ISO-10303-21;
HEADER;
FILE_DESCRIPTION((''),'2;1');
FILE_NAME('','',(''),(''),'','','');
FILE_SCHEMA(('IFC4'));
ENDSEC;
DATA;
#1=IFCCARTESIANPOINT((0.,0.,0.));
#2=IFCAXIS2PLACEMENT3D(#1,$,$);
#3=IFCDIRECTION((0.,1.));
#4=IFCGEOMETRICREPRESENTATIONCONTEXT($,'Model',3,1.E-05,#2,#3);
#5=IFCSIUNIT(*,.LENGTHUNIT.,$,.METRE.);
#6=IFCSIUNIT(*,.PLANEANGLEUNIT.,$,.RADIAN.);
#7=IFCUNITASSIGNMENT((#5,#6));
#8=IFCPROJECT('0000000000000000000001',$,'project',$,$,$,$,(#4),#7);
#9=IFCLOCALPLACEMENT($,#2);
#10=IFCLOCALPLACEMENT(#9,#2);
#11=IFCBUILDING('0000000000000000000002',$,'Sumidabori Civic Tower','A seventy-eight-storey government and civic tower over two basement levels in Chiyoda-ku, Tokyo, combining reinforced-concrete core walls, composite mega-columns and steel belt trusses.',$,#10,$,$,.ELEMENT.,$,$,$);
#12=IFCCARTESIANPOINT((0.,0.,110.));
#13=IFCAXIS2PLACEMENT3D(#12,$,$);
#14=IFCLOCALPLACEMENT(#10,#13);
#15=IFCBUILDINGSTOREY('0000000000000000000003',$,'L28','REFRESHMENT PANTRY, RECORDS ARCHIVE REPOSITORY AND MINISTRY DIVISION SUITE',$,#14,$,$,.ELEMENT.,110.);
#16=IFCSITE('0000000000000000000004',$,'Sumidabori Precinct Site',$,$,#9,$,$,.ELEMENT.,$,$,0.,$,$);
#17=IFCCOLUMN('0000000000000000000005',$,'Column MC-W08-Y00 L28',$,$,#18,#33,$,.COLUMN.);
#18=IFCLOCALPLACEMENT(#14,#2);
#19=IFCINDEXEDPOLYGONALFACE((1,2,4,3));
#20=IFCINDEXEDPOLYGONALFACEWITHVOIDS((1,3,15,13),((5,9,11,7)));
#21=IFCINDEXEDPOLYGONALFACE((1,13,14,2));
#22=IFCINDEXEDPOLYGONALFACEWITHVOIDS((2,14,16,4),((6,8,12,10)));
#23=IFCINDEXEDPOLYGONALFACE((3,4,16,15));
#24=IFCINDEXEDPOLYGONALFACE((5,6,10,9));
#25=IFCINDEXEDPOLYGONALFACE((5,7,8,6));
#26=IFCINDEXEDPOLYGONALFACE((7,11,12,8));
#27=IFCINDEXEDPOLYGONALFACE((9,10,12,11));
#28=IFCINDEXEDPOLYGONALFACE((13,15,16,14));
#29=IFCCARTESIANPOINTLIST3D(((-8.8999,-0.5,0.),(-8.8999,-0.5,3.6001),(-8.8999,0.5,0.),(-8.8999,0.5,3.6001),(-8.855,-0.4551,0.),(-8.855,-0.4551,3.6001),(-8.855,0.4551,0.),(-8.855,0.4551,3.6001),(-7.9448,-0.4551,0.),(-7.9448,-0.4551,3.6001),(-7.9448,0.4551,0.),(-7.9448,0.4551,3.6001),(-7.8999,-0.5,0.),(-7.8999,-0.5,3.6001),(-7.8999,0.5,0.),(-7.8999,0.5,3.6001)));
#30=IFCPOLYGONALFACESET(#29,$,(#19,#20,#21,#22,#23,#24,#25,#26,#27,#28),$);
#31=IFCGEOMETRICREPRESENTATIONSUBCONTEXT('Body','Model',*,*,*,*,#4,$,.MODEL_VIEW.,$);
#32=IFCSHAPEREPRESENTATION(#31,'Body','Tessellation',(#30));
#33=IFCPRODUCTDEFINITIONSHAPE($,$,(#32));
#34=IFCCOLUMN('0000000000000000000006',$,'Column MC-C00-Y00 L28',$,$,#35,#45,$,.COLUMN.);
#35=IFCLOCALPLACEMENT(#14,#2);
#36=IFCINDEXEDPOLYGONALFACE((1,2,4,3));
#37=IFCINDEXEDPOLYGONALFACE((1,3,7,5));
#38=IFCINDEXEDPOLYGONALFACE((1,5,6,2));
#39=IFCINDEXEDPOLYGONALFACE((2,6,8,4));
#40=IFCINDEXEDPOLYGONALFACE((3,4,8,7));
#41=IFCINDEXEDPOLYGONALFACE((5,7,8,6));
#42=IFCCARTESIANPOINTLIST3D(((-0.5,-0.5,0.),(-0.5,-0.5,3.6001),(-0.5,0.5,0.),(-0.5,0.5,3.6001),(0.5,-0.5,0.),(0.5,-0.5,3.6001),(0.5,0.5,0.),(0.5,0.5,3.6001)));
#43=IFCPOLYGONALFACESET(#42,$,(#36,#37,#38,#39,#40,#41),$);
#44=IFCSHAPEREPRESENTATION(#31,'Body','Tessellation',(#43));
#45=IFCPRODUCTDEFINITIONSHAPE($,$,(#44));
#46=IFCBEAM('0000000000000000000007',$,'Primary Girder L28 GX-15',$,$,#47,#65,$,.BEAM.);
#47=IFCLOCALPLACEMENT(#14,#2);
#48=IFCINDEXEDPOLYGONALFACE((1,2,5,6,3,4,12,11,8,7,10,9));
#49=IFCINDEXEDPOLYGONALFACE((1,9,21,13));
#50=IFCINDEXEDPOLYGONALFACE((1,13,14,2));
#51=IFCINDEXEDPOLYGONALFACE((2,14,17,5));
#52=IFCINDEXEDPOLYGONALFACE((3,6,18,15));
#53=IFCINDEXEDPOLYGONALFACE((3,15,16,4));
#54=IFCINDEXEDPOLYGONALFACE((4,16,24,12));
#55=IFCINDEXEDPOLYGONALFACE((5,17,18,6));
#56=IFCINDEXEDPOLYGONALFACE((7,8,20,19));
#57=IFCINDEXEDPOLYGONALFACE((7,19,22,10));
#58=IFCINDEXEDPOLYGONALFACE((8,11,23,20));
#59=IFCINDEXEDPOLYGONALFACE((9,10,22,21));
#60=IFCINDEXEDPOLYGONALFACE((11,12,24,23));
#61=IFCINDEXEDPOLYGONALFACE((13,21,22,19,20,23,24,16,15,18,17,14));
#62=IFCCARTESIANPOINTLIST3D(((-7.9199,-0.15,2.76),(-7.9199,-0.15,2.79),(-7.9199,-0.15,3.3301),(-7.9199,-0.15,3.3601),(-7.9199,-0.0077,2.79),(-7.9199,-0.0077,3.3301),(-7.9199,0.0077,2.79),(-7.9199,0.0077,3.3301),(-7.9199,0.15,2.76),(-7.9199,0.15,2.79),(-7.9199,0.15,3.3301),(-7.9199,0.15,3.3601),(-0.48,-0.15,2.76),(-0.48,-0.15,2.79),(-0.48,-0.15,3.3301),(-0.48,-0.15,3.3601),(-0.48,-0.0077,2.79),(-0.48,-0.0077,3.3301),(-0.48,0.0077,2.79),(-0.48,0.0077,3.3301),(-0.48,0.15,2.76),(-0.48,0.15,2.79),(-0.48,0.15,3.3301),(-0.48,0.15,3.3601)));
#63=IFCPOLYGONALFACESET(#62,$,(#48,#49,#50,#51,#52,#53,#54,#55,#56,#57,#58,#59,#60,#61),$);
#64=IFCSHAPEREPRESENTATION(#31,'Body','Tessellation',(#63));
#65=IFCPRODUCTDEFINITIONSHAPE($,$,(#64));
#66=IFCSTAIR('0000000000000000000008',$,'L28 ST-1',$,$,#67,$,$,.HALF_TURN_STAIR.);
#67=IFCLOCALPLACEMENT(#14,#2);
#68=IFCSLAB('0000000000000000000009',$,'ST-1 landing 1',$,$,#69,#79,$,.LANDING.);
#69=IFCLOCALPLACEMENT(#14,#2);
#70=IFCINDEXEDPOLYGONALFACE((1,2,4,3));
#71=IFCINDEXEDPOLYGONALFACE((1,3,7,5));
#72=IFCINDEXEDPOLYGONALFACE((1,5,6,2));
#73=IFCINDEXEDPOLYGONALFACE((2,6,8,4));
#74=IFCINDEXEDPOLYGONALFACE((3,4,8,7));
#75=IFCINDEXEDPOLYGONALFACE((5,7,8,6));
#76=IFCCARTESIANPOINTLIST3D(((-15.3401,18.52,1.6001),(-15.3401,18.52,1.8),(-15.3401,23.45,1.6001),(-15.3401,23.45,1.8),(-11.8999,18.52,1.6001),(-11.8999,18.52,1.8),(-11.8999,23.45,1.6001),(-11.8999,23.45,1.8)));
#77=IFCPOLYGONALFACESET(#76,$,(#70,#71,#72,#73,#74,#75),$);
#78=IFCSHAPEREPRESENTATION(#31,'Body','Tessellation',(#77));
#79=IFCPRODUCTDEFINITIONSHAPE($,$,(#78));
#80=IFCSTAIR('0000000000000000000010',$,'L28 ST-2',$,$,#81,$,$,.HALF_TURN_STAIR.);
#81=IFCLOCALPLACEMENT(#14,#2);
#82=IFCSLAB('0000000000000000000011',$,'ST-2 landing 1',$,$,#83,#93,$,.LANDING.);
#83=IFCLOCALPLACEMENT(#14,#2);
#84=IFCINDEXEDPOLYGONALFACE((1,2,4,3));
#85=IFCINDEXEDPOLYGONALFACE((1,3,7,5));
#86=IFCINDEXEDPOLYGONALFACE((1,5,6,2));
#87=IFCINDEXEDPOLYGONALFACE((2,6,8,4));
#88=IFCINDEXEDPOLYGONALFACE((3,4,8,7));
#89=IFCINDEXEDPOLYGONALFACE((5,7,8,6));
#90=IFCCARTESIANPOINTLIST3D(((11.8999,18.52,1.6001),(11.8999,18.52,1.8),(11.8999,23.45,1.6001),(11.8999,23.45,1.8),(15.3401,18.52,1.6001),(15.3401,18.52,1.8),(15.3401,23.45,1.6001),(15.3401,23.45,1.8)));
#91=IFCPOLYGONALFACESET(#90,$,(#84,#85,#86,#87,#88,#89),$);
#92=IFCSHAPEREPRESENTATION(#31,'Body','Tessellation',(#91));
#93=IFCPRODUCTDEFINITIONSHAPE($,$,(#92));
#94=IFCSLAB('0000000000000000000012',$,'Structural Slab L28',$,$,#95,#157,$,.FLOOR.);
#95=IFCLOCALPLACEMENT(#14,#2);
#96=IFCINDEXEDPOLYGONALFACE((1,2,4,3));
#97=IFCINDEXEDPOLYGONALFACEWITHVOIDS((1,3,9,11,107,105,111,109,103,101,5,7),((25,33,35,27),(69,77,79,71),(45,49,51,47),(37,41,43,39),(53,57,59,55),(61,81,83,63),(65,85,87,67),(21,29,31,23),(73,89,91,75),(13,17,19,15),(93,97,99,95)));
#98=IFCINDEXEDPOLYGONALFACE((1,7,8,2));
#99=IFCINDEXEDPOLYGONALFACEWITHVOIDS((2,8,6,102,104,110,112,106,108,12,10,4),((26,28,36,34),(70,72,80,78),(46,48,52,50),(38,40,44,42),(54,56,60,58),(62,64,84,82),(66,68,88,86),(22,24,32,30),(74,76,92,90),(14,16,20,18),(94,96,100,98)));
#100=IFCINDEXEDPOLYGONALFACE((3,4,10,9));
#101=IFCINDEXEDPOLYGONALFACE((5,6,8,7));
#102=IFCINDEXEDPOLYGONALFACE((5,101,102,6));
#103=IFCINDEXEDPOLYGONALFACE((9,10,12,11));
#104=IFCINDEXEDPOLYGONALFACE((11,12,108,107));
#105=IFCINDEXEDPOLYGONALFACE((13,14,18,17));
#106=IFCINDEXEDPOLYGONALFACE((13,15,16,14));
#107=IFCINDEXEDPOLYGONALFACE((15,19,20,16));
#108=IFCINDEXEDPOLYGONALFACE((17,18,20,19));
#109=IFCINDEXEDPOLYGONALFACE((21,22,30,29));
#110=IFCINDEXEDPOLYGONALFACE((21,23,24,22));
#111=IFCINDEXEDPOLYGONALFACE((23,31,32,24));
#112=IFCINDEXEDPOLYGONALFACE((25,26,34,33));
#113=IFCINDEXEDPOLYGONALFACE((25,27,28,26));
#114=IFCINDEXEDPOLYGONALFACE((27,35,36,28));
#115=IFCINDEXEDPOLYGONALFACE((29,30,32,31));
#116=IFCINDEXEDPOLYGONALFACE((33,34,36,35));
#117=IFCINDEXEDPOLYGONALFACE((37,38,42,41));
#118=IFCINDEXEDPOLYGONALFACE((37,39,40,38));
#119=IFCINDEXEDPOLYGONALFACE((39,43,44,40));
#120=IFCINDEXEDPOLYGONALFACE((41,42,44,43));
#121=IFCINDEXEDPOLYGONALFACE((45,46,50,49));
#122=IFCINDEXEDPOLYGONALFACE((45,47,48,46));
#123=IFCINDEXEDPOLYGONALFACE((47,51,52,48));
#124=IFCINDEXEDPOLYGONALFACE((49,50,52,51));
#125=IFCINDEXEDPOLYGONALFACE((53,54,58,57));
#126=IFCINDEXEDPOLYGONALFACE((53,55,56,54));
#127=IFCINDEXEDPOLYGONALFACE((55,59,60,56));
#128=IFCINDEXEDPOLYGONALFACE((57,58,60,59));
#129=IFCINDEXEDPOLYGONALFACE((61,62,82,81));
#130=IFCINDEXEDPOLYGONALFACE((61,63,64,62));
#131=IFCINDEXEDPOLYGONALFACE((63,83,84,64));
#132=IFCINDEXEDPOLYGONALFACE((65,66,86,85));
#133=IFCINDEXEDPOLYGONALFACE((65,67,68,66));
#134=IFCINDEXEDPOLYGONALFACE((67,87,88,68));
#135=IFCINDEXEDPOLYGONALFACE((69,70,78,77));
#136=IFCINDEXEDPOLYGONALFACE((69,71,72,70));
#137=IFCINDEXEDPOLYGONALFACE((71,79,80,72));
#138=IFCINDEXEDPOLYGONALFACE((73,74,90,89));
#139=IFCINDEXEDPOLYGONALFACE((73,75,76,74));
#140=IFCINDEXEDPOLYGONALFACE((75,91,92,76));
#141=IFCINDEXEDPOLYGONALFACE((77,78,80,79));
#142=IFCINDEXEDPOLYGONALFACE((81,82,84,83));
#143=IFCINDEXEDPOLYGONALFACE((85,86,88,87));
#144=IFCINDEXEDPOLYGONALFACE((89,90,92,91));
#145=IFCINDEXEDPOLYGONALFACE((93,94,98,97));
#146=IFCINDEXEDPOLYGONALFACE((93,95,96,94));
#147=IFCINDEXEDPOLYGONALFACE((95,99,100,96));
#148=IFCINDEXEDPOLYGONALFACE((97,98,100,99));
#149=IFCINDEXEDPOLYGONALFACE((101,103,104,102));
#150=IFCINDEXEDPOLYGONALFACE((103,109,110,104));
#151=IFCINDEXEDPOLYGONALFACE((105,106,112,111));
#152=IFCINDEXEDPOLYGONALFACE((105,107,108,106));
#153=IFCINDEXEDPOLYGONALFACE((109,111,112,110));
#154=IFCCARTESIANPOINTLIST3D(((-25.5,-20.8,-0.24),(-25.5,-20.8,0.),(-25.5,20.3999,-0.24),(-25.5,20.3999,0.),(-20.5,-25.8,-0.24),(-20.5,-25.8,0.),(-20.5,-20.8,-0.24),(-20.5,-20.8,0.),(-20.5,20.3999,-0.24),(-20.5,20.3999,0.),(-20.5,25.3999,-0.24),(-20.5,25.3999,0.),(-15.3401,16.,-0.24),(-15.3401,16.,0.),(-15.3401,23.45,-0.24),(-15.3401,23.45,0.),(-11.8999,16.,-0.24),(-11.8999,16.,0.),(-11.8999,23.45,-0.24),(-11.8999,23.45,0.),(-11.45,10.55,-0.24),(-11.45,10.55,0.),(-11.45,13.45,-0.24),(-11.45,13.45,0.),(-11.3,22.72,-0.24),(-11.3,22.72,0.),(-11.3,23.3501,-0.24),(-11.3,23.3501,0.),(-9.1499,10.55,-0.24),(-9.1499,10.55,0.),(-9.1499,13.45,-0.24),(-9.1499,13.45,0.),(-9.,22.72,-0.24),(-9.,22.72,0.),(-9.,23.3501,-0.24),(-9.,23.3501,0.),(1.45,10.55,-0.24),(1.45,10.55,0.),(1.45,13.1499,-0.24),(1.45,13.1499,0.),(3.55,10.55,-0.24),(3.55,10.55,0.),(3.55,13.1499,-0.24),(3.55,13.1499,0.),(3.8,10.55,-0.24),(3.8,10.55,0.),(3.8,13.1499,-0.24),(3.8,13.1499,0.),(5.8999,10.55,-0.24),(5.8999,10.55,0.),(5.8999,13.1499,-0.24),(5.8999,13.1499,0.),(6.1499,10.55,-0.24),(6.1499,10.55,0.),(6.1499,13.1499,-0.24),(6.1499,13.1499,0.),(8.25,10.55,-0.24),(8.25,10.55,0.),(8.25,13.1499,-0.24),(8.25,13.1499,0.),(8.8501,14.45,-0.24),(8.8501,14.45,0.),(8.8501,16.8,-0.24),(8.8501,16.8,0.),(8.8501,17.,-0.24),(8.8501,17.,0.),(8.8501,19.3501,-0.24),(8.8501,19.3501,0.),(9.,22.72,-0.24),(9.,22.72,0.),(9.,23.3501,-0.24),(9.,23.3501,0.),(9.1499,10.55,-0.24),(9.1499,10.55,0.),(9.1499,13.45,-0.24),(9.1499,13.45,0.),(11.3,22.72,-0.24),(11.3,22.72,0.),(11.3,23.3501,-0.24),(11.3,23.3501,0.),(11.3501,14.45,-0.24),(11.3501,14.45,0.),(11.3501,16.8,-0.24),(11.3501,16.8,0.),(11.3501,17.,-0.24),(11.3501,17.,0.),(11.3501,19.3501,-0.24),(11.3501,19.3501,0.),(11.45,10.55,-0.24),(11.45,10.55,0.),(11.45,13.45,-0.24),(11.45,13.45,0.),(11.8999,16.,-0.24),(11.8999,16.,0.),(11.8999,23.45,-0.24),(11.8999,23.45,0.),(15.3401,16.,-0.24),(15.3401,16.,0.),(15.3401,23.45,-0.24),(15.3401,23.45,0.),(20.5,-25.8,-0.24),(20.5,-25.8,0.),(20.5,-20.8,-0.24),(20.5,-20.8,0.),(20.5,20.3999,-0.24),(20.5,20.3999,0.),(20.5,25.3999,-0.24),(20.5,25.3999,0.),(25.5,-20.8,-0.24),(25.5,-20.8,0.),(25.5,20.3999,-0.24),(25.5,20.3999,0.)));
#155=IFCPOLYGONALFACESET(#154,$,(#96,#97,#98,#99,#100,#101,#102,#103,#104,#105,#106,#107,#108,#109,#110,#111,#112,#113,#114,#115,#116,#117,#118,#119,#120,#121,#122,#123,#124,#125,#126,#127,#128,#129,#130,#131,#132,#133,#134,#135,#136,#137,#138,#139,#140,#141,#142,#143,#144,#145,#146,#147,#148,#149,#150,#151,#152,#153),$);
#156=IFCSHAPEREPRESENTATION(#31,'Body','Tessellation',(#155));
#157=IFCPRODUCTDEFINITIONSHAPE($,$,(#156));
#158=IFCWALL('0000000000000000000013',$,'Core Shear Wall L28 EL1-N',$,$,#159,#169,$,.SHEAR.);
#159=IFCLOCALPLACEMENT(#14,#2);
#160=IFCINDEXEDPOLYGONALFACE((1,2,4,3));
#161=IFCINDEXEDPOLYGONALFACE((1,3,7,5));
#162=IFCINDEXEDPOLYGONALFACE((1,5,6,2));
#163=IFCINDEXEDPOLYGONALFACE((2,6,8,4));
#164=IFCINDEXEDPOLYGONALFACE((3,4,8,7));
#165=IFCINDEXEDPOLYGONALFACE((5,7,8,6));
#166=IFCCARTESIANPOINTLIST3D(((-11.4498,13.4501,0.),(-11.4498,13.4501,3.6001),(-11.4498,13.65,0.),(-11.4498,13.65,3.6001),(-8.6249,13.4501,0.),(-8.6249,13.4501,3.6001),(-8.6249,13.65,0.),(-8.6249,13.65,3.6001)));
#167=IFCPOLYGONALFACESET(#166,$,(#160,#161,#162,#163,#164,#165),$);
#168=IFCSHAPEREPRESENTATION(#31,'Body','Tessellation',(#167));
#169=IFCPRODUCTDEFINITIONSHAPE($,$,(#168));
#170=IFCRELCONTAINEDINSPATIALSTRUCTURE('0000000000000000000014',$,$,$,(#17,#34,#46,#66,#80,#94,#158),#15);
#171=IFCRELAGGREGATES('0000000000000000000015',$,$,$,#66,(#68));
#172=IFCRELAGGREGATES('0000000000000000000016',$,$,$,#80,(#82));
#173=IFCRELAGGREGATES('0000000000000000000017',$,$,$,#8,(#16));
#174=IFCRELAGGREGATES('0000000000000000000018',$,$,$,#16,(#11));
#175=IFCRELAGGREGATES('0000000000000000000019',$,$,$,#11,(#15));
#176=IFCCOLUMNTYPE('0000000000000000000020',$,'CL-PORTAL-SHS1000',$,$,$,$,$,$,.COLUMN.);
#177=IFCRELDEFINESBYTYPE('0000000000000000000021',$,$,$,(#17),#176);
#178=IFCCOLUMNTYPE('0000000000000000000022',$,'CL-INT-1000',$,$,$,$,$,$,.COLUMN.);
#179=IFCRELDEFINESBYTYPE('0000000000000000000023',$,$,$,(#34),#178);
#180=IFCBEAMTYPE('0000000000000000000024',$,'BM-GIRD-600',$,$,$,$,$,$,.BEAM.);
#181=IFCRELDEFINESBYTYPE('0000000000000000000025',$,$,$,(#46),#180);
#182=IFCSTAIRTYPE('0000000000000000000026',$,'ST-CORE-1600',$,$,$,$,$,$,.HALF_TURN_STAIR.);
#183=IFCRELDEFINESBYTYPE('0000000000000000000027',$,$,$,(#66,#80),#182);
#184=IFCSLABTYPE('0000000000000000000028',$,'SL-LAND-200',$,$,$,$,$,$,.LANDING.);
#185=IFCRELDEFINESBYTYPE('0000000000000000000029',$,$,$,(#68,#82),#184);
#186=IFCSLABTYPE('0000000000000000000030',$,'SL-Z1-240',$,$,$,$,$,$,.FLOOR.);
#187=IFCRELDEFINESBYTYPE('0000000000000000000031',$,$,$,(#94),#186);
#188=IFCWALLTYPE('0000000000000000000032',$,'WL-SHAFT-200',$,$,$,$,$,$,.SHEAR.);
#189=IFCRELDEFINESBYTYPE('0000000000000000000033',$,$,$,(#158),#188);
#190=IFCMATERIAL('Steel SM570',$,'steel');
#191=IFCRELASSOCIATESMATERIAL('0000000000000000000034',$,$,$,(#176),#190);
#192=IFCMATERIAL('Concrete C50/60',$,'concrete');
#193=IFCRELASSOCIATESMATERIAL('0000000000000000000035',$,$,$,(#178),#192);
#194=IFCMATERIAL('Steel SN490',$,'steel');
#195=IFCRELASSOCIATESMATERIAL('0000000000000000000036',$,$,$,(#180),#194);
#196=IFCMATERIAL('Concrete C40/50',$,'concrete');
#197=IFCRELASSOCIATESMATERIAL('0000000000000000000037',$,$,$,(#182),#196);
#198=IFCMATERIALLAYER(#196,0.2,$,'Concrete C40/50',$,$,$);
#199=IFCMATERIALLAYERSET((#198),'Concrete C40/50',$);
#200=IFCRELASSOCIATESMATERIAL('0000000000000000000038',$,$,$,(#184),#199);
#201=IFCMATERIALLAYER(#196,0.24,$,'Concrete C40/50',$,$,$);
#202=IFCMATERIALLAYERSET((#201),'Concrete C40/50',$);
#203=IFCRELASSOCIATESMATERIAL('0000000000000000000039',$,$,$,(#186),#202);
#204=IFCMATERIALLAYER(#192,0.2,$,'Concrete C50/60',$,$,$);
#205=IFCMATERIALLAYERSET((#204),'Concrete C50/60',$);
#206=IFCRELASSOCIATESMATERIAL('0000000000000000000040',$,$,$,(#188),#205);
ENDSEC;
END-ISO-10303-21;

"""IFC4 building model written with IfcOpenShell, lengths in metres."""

from ifc_helpers import new_model, si_unit, direction, frame, frame_2d, origin, origin_with_axes, origin_2d, place, context, subcontext, project, spatial, polyline, rectangle, hollow_rectangle, i_section, outline, extrude, source, transform, mapped, material, layer, layer_set, material_profile, profile_set, type_object, element, aggregate, save


model = new_model("IFC4")

# Units and contexts
model_context = context("Model", 3, precision=1e-05, world=origin(), true_north=direction((0.0, 1.0)))
body_context = subcontext(model_context, "Body", "Model", "MODEL_VIEW")
ifc_project = project(units=[si_unit("LENGTHUNIT", "METRE"), si_unit("PLANEANGLEUNIT", "RADIAN")], contexts=[model_context])

# Site, building, storey
site_placement = place(None, origin())
site = spatial("IfcSite", under=ifc_project, at=site_placement, Name="Sumidabori Precinct Site", CompositionType="ELEMENT", RefElevation=0.0)
building_placement = place(site_placement, origin())
building = spatial("IfcBuilding", under=site, at=building_placement, Name="Sumidabori Civic Tower", Description="A seventy-eight-storey government and civic tower over two basement levels in Chiyoda-ku, Tokyo, combining reinforced-concrete core walls, composite mega-columns and steel belt trusses.", CompositionType="ELEMENT")
storey_placement = place(building_placement, frame((0.0, 0.0, 110.0)))
storey = spatial("IfcBuildingStorey", under=building, at=storey_placement, Name="L28", Description="REFRESHMENT PANTRY, RECORDS ARCHIVE REPOSITORY AND MINISTRY DIVISION SUITE", CompositionType="ELEMENT", Elevation=110.0)

# Columns
ifc_material_1 = material(Name="Steel SM570", Category="steel")
ifc_material_profile_1 = material_profile(ifc_material_1, hollow_rectangle(XDim=1.0, YDim=1.0, WallThickness=0.0449, at=origin_2d()), Name="SHS 1000x1000x45")
ifc_profile_set_1 = profile_set([ifc_material_profile_1], Name="Steel SM570")
column_type_1 = type_object("IfcColumnType", Name="CL-PORTAL-SHS1000", PredefinedType="COLUMN", material=ifc_profile_set_1)
shared_shape_1 = source(origin(), body_context, "Body", "SweptSolid", [
    extrude(hollow_rectangle(XDim=1.0, YDim=1.0, WallThickness=0.0449, at=origin_2d()), origin(), (0.0, 0.0, 1.0), 3.6001),
])
column_1_placement = place(storey_placement, frame((-8.3999, 0.0, 0.0), z_axis=(0.0, 0.0, 1.0), x_axis=(1.0, 0.0, 0.0)))
element("IfcColumn", 1, at=column_1_placement, inside=storey, type_object=column_type_1, Name="Column MC-W08-Y00 L28", PredefinedType="COLUMN", context=body_context, shape_type="MappedRepresentation", body=[
    mapped(shared_shape_1, transform((0.0, 0.0, 0.0), x_axis=(1.0, 0.0, 0.0), y_axis=(0.0, 1.0, 0.0), z_axis=(0.0, 0.0, 1.0), scale=1.0)),
])
ifc_material_2 = material(Name="Concrete C50/60", Category="concrete")
ifc_material_profile_2 = material_profile(ifc_material_2, rectangle(XDim=1.0, YDim=1.0, at=origin_2d()), Name="RC 1000x1000")
ifc_profile_set_2 = profile_set([ifc_material_profile_2], Name="Concrete C50/60")
column_type_2 = type_object("IfcColumnType", Name="CL-INT-1000", PredefinedType="COLUMN", material=ifc_profile_set_2)
shared_shape_2 = source(origin(), body_context, "Body", "SweptSolid", [
    extrude(rectangle(XDim=1.0, YDim=1.0, at=origin_2d()), origin(), (0.0, 0.0, 1.0), 3.6001),
])
column_2_placement = place(storey_placement, origin_with_axes())
element("IfcColumn", 2, at=column_2_placement, inside=storey, type_object=column_type_2, Name="Column MC-C00-Y00 L28", PredefinedType="COLUMN", context=body_context, shape_type="MappedRepresentation", body=[
    mapped(shared_shape_2, transform((0.0, 0.0, 0.0), x_axis=(1.0, 0.0, 0.0), y_axis=(0.0, 1.0, 0.0), z_axis=(0.0, 0.0, 1.0), scale=1.0)),
])

# Beam
ifc_material_3 = material(Name="Steel SN490", Category="steel")
ifc_material_profile_3 = material_profile(ifc_material_3, i_section(OverallWidth=0.3, OverallDepth=0.6001, WebThickness=0.0154, FlangeThickness=0.03, at=origin_2d()), Name="HE 600 B")
ifc_profile_set_3 = profile_set([ifc_material_profile_3], Name="Steel SN490")
beam_type = type_object("IfcBeamType", Name="BM-GIRD-600", PredefinedType="BEAM", material=ifc_profile_set_3)
shared_shape_3 = source(origin(), body_context, "Body", "SweptSolid", [
    extrude(i_section(OverallWidth=0.3, OverallDepth=0.6001, WebThickness=0.0154, FlangeThickness=0.03, at=origin_2d()), origin(), (0.0, 0.0, 1.0), 7.4399),
])
beam_placement = place(storey_placement, frame((-7.9199, 0.0, 3.0601), z_axis=(1.0, 0.0, 0.0), x_axis=(0.0, 1.0, 0.0)))
element("IfcBeam", 3, at=beam_placement, inside=storey, type_object=beam_type, Name="Primary Girder L28 GX-15", PredefinedType="BEAM", context=body_context, shape_type="MappedRepresentation", body=[
    mapped(shared_shape_3, transform((0.0, 0.0, 0.0), x_axis=(1.0, 0.0, 0.0), y_axis=(0.0, 1.0, 0.0), z_axis=(0.0, 0.0, 1.0), scale=1.0)),
])

# Stairs, slabs
ifc_material_4 = material(Name="Concrete C40/50", Category="concrete")
stair_type = type_object("IfcStairType", Name="ST-CORE-1600", PredefinedType="HALF_TURN_STAIR", material=ifc_material_4)
stair_1_placement = place(storey_placement, origin())
stair_1 = element("IfcStair", 4, at=stair_1_placement, inside=storey, type_object=stair_type, Name="L28 ST-1", PredefinedType="HALF_TURN_STAIR")
ifc_layer_1 = layer(ifc_material_4, 0.2, Name="Concrete C40/50")
ifc_layer_set_1 = layer_set([ifc_layer_1], Name="Concrete C40/50")
slab_type_1 = type_object("IfcSlabType", Name="SL-LAND-200", PredefinedType="LANDING", material=ifc_layer_set_1)
slab_1_placement = place(storey_placement, frame((0.0, 0.0, 1.6001)))
slab_1 = element("IfcSlab", 5, at=slab_1_placement, type_object=slab_type_1, Name="ST-1 landing 1", PredefinedType="LANDING", context=body_context, shape_type="SweptSolid", body=[
    extrude(outline(polyline([(-11.8999, 18.52), (-11.8999, 23.45), (-15.3401, 23.45), (-15.3401, 18.52), (-11.8999, 18.52)])), origin(), (0.0, 0.0, 1.0), 0.2),
])
aggregate(stair_1, [slab_1])
stair_2_placement = place(storey_placement, origin())
stair_2 = element("IfcStair", 6, at=stair_2_placement, inside=storey, type_object=stair_type, Name="L28 ST-2", PredefinedType="HALF_TURN_STAIR")
slab_2_placement = place(storey_placement, frame((0.0, 0.0, 1.6001)))
slab_2 = element("IfcSlab", 7, at=slab_2_placement, type_object=slab_type_1, Name="ST-2 landing 1", PredefinedType="LANDING", context=body_context, shape_type="SweptSolid", body=[
    extrude(outline(polyline([(15.3401, 18.52), (15.3401, 23.45), (11.8999, 23.45), (11.8999, 18.52), (15.3401, 18.52)])), origin(), (0.0, 0.0, 1.0), 0.2),
])
aggregate(stair_2, [slab_2])

# Slab
ifc_layer_2 = layer(ifc_material_4, 0.24, Name="Concrete C40/50")
ifc_layer_set_2 = layer_set([ifc_layer_2], Name="Concrete C40/50")
slab_type_2 = type_object("IfcSlabType", Name="SL-Z1-240", PredefinedType="FLOOR", material=ifc_layer_set_2)
slab_3_placement = place(storey_placement, frame((0.0, 0.0, -0.24)))
element("IfcSlab", 8, at=slab_3_placement, inside=storey, type_object=slab_type_2, Name="Structural Slab L28", PredefinedType="FLOOR", context=body_context, shape_type="SweptSolid", body=[
    extrude(outline(polyline([(-20.5, -25.8), (20.5, -25.8), (20.5, -20.8), (25.5, -20.8), (25.5, 20.3999), (20.5, 20.3999), (20.5, 25.3999), (-20.5, 25.3999), (-20.5, 20.3999), (-25.5, 20.3999), (-25.5, -20.8), (-20.5, -20.8), (-20.5, -25.8)]), holes=[polyline([(-11.8999, 16.0), (-11.8999, 23.45), (-15.3401, 23.45), (-15.3401, 16.0), (-11.8999, 16.0)]), polyline([(15.3401, 16.0), (15.3401, 23.45), (11.8999, 23.45), (11.8999, 16.0), (15.3401, 16.0)]), polyline([(-11.45, 10.55), (-9.1499, 10.55), (-9.1499, 13.45), (-11.45, 13.45), (-11.45, 10.55)]), polyline([(9.1499, 10.55), (11.45, 10.55), (11.45, 13.45), (9.1499, 13.45), (9.1499, 10.55)]), polyline([(1.45, 10.55), (3.55, 10.55), (3.55, 13.1499), (1.45, 13.1499), (1.45, 10.55)]), polyline([(3.8, 10.55), (5.8999, 10.55), (5.8999, 13.1499), (3.8, 13.1499), (3.8, 10.55)]), polyline([(6.1499, 10.55), (8.25, 10.55), (8.25, 13.1499), (6.1499, 13.1499), (6.1499, 10.55)]), polyline([(8.8501, 14.45), (11.3501, 14.45), (11.3501, 16.8), (8.8501, 16.8), (8.8501, 14.45)]), polyline([(8.8501, 17.0), (11.3501, 17.0), (11.3501, 19.3501), (8.8501, 19.3501), (8.8501, 17.0)]), polyline([(-11.3, 22.72), (-9.0, 22.72), (-9.0, 23.3501), (-11.3, 23.3501), (-11.3, 22.72)]), polyline([(9.0, 22.72), (11.3, 22.72), (11.3, 23.3501), (9.0, 23.3501), (9.0, 22.72)])]), origin(), (0.0, 0.0, 1.0), 0.24),
])

# Wall
ifc_layer_3 = layer(ifc_material_2, 0.2, Name="Concrete C50/60")
ifc_layer_set_3 = layer_set([ifc_layer_3], Name="Concrete C50/60")
wall_type_1 = type_object("IfcWallType", Name="WL-SHAFT-200", PredefinedType="SHEAR", material=ifc_layer_set_3)
shared_shape_4 = source(origin(), body_context, "Body", "SweptSolid", [
    extrude(rectangle(XDim=2.825, YDim=0.2, at=frame_2d((1.4126, 0.0))), origin(), (0.0, 0.0, 1.0), 3.6001),
])
wall_1_placement = place(storey_placement, frame((-11.45, 13.55, 0.0), z_axis=(0.0, 0.0, 1.0), x_axis=(1.0, 0.0, 0.0)))
element("IfcWall", 9, at=wall_1_placement, inside=storey, type_object=wall_type_1, Name="Core Shear Wall L28 EL1-N", PredefinedType="SHEAR", context=body_context, shape_type="MappedRepresentation", body=[
    mapped(shared_shape_4, transform((0.0, 0.0, 0.0), x_axis=(1.0, 0.0, 0.0), y_axis=(0.0, 1.0, 0.0), z_axis=(0.0, 0.0, 1.0), scale=1.0)),
])

save(model, "model.ifc")
